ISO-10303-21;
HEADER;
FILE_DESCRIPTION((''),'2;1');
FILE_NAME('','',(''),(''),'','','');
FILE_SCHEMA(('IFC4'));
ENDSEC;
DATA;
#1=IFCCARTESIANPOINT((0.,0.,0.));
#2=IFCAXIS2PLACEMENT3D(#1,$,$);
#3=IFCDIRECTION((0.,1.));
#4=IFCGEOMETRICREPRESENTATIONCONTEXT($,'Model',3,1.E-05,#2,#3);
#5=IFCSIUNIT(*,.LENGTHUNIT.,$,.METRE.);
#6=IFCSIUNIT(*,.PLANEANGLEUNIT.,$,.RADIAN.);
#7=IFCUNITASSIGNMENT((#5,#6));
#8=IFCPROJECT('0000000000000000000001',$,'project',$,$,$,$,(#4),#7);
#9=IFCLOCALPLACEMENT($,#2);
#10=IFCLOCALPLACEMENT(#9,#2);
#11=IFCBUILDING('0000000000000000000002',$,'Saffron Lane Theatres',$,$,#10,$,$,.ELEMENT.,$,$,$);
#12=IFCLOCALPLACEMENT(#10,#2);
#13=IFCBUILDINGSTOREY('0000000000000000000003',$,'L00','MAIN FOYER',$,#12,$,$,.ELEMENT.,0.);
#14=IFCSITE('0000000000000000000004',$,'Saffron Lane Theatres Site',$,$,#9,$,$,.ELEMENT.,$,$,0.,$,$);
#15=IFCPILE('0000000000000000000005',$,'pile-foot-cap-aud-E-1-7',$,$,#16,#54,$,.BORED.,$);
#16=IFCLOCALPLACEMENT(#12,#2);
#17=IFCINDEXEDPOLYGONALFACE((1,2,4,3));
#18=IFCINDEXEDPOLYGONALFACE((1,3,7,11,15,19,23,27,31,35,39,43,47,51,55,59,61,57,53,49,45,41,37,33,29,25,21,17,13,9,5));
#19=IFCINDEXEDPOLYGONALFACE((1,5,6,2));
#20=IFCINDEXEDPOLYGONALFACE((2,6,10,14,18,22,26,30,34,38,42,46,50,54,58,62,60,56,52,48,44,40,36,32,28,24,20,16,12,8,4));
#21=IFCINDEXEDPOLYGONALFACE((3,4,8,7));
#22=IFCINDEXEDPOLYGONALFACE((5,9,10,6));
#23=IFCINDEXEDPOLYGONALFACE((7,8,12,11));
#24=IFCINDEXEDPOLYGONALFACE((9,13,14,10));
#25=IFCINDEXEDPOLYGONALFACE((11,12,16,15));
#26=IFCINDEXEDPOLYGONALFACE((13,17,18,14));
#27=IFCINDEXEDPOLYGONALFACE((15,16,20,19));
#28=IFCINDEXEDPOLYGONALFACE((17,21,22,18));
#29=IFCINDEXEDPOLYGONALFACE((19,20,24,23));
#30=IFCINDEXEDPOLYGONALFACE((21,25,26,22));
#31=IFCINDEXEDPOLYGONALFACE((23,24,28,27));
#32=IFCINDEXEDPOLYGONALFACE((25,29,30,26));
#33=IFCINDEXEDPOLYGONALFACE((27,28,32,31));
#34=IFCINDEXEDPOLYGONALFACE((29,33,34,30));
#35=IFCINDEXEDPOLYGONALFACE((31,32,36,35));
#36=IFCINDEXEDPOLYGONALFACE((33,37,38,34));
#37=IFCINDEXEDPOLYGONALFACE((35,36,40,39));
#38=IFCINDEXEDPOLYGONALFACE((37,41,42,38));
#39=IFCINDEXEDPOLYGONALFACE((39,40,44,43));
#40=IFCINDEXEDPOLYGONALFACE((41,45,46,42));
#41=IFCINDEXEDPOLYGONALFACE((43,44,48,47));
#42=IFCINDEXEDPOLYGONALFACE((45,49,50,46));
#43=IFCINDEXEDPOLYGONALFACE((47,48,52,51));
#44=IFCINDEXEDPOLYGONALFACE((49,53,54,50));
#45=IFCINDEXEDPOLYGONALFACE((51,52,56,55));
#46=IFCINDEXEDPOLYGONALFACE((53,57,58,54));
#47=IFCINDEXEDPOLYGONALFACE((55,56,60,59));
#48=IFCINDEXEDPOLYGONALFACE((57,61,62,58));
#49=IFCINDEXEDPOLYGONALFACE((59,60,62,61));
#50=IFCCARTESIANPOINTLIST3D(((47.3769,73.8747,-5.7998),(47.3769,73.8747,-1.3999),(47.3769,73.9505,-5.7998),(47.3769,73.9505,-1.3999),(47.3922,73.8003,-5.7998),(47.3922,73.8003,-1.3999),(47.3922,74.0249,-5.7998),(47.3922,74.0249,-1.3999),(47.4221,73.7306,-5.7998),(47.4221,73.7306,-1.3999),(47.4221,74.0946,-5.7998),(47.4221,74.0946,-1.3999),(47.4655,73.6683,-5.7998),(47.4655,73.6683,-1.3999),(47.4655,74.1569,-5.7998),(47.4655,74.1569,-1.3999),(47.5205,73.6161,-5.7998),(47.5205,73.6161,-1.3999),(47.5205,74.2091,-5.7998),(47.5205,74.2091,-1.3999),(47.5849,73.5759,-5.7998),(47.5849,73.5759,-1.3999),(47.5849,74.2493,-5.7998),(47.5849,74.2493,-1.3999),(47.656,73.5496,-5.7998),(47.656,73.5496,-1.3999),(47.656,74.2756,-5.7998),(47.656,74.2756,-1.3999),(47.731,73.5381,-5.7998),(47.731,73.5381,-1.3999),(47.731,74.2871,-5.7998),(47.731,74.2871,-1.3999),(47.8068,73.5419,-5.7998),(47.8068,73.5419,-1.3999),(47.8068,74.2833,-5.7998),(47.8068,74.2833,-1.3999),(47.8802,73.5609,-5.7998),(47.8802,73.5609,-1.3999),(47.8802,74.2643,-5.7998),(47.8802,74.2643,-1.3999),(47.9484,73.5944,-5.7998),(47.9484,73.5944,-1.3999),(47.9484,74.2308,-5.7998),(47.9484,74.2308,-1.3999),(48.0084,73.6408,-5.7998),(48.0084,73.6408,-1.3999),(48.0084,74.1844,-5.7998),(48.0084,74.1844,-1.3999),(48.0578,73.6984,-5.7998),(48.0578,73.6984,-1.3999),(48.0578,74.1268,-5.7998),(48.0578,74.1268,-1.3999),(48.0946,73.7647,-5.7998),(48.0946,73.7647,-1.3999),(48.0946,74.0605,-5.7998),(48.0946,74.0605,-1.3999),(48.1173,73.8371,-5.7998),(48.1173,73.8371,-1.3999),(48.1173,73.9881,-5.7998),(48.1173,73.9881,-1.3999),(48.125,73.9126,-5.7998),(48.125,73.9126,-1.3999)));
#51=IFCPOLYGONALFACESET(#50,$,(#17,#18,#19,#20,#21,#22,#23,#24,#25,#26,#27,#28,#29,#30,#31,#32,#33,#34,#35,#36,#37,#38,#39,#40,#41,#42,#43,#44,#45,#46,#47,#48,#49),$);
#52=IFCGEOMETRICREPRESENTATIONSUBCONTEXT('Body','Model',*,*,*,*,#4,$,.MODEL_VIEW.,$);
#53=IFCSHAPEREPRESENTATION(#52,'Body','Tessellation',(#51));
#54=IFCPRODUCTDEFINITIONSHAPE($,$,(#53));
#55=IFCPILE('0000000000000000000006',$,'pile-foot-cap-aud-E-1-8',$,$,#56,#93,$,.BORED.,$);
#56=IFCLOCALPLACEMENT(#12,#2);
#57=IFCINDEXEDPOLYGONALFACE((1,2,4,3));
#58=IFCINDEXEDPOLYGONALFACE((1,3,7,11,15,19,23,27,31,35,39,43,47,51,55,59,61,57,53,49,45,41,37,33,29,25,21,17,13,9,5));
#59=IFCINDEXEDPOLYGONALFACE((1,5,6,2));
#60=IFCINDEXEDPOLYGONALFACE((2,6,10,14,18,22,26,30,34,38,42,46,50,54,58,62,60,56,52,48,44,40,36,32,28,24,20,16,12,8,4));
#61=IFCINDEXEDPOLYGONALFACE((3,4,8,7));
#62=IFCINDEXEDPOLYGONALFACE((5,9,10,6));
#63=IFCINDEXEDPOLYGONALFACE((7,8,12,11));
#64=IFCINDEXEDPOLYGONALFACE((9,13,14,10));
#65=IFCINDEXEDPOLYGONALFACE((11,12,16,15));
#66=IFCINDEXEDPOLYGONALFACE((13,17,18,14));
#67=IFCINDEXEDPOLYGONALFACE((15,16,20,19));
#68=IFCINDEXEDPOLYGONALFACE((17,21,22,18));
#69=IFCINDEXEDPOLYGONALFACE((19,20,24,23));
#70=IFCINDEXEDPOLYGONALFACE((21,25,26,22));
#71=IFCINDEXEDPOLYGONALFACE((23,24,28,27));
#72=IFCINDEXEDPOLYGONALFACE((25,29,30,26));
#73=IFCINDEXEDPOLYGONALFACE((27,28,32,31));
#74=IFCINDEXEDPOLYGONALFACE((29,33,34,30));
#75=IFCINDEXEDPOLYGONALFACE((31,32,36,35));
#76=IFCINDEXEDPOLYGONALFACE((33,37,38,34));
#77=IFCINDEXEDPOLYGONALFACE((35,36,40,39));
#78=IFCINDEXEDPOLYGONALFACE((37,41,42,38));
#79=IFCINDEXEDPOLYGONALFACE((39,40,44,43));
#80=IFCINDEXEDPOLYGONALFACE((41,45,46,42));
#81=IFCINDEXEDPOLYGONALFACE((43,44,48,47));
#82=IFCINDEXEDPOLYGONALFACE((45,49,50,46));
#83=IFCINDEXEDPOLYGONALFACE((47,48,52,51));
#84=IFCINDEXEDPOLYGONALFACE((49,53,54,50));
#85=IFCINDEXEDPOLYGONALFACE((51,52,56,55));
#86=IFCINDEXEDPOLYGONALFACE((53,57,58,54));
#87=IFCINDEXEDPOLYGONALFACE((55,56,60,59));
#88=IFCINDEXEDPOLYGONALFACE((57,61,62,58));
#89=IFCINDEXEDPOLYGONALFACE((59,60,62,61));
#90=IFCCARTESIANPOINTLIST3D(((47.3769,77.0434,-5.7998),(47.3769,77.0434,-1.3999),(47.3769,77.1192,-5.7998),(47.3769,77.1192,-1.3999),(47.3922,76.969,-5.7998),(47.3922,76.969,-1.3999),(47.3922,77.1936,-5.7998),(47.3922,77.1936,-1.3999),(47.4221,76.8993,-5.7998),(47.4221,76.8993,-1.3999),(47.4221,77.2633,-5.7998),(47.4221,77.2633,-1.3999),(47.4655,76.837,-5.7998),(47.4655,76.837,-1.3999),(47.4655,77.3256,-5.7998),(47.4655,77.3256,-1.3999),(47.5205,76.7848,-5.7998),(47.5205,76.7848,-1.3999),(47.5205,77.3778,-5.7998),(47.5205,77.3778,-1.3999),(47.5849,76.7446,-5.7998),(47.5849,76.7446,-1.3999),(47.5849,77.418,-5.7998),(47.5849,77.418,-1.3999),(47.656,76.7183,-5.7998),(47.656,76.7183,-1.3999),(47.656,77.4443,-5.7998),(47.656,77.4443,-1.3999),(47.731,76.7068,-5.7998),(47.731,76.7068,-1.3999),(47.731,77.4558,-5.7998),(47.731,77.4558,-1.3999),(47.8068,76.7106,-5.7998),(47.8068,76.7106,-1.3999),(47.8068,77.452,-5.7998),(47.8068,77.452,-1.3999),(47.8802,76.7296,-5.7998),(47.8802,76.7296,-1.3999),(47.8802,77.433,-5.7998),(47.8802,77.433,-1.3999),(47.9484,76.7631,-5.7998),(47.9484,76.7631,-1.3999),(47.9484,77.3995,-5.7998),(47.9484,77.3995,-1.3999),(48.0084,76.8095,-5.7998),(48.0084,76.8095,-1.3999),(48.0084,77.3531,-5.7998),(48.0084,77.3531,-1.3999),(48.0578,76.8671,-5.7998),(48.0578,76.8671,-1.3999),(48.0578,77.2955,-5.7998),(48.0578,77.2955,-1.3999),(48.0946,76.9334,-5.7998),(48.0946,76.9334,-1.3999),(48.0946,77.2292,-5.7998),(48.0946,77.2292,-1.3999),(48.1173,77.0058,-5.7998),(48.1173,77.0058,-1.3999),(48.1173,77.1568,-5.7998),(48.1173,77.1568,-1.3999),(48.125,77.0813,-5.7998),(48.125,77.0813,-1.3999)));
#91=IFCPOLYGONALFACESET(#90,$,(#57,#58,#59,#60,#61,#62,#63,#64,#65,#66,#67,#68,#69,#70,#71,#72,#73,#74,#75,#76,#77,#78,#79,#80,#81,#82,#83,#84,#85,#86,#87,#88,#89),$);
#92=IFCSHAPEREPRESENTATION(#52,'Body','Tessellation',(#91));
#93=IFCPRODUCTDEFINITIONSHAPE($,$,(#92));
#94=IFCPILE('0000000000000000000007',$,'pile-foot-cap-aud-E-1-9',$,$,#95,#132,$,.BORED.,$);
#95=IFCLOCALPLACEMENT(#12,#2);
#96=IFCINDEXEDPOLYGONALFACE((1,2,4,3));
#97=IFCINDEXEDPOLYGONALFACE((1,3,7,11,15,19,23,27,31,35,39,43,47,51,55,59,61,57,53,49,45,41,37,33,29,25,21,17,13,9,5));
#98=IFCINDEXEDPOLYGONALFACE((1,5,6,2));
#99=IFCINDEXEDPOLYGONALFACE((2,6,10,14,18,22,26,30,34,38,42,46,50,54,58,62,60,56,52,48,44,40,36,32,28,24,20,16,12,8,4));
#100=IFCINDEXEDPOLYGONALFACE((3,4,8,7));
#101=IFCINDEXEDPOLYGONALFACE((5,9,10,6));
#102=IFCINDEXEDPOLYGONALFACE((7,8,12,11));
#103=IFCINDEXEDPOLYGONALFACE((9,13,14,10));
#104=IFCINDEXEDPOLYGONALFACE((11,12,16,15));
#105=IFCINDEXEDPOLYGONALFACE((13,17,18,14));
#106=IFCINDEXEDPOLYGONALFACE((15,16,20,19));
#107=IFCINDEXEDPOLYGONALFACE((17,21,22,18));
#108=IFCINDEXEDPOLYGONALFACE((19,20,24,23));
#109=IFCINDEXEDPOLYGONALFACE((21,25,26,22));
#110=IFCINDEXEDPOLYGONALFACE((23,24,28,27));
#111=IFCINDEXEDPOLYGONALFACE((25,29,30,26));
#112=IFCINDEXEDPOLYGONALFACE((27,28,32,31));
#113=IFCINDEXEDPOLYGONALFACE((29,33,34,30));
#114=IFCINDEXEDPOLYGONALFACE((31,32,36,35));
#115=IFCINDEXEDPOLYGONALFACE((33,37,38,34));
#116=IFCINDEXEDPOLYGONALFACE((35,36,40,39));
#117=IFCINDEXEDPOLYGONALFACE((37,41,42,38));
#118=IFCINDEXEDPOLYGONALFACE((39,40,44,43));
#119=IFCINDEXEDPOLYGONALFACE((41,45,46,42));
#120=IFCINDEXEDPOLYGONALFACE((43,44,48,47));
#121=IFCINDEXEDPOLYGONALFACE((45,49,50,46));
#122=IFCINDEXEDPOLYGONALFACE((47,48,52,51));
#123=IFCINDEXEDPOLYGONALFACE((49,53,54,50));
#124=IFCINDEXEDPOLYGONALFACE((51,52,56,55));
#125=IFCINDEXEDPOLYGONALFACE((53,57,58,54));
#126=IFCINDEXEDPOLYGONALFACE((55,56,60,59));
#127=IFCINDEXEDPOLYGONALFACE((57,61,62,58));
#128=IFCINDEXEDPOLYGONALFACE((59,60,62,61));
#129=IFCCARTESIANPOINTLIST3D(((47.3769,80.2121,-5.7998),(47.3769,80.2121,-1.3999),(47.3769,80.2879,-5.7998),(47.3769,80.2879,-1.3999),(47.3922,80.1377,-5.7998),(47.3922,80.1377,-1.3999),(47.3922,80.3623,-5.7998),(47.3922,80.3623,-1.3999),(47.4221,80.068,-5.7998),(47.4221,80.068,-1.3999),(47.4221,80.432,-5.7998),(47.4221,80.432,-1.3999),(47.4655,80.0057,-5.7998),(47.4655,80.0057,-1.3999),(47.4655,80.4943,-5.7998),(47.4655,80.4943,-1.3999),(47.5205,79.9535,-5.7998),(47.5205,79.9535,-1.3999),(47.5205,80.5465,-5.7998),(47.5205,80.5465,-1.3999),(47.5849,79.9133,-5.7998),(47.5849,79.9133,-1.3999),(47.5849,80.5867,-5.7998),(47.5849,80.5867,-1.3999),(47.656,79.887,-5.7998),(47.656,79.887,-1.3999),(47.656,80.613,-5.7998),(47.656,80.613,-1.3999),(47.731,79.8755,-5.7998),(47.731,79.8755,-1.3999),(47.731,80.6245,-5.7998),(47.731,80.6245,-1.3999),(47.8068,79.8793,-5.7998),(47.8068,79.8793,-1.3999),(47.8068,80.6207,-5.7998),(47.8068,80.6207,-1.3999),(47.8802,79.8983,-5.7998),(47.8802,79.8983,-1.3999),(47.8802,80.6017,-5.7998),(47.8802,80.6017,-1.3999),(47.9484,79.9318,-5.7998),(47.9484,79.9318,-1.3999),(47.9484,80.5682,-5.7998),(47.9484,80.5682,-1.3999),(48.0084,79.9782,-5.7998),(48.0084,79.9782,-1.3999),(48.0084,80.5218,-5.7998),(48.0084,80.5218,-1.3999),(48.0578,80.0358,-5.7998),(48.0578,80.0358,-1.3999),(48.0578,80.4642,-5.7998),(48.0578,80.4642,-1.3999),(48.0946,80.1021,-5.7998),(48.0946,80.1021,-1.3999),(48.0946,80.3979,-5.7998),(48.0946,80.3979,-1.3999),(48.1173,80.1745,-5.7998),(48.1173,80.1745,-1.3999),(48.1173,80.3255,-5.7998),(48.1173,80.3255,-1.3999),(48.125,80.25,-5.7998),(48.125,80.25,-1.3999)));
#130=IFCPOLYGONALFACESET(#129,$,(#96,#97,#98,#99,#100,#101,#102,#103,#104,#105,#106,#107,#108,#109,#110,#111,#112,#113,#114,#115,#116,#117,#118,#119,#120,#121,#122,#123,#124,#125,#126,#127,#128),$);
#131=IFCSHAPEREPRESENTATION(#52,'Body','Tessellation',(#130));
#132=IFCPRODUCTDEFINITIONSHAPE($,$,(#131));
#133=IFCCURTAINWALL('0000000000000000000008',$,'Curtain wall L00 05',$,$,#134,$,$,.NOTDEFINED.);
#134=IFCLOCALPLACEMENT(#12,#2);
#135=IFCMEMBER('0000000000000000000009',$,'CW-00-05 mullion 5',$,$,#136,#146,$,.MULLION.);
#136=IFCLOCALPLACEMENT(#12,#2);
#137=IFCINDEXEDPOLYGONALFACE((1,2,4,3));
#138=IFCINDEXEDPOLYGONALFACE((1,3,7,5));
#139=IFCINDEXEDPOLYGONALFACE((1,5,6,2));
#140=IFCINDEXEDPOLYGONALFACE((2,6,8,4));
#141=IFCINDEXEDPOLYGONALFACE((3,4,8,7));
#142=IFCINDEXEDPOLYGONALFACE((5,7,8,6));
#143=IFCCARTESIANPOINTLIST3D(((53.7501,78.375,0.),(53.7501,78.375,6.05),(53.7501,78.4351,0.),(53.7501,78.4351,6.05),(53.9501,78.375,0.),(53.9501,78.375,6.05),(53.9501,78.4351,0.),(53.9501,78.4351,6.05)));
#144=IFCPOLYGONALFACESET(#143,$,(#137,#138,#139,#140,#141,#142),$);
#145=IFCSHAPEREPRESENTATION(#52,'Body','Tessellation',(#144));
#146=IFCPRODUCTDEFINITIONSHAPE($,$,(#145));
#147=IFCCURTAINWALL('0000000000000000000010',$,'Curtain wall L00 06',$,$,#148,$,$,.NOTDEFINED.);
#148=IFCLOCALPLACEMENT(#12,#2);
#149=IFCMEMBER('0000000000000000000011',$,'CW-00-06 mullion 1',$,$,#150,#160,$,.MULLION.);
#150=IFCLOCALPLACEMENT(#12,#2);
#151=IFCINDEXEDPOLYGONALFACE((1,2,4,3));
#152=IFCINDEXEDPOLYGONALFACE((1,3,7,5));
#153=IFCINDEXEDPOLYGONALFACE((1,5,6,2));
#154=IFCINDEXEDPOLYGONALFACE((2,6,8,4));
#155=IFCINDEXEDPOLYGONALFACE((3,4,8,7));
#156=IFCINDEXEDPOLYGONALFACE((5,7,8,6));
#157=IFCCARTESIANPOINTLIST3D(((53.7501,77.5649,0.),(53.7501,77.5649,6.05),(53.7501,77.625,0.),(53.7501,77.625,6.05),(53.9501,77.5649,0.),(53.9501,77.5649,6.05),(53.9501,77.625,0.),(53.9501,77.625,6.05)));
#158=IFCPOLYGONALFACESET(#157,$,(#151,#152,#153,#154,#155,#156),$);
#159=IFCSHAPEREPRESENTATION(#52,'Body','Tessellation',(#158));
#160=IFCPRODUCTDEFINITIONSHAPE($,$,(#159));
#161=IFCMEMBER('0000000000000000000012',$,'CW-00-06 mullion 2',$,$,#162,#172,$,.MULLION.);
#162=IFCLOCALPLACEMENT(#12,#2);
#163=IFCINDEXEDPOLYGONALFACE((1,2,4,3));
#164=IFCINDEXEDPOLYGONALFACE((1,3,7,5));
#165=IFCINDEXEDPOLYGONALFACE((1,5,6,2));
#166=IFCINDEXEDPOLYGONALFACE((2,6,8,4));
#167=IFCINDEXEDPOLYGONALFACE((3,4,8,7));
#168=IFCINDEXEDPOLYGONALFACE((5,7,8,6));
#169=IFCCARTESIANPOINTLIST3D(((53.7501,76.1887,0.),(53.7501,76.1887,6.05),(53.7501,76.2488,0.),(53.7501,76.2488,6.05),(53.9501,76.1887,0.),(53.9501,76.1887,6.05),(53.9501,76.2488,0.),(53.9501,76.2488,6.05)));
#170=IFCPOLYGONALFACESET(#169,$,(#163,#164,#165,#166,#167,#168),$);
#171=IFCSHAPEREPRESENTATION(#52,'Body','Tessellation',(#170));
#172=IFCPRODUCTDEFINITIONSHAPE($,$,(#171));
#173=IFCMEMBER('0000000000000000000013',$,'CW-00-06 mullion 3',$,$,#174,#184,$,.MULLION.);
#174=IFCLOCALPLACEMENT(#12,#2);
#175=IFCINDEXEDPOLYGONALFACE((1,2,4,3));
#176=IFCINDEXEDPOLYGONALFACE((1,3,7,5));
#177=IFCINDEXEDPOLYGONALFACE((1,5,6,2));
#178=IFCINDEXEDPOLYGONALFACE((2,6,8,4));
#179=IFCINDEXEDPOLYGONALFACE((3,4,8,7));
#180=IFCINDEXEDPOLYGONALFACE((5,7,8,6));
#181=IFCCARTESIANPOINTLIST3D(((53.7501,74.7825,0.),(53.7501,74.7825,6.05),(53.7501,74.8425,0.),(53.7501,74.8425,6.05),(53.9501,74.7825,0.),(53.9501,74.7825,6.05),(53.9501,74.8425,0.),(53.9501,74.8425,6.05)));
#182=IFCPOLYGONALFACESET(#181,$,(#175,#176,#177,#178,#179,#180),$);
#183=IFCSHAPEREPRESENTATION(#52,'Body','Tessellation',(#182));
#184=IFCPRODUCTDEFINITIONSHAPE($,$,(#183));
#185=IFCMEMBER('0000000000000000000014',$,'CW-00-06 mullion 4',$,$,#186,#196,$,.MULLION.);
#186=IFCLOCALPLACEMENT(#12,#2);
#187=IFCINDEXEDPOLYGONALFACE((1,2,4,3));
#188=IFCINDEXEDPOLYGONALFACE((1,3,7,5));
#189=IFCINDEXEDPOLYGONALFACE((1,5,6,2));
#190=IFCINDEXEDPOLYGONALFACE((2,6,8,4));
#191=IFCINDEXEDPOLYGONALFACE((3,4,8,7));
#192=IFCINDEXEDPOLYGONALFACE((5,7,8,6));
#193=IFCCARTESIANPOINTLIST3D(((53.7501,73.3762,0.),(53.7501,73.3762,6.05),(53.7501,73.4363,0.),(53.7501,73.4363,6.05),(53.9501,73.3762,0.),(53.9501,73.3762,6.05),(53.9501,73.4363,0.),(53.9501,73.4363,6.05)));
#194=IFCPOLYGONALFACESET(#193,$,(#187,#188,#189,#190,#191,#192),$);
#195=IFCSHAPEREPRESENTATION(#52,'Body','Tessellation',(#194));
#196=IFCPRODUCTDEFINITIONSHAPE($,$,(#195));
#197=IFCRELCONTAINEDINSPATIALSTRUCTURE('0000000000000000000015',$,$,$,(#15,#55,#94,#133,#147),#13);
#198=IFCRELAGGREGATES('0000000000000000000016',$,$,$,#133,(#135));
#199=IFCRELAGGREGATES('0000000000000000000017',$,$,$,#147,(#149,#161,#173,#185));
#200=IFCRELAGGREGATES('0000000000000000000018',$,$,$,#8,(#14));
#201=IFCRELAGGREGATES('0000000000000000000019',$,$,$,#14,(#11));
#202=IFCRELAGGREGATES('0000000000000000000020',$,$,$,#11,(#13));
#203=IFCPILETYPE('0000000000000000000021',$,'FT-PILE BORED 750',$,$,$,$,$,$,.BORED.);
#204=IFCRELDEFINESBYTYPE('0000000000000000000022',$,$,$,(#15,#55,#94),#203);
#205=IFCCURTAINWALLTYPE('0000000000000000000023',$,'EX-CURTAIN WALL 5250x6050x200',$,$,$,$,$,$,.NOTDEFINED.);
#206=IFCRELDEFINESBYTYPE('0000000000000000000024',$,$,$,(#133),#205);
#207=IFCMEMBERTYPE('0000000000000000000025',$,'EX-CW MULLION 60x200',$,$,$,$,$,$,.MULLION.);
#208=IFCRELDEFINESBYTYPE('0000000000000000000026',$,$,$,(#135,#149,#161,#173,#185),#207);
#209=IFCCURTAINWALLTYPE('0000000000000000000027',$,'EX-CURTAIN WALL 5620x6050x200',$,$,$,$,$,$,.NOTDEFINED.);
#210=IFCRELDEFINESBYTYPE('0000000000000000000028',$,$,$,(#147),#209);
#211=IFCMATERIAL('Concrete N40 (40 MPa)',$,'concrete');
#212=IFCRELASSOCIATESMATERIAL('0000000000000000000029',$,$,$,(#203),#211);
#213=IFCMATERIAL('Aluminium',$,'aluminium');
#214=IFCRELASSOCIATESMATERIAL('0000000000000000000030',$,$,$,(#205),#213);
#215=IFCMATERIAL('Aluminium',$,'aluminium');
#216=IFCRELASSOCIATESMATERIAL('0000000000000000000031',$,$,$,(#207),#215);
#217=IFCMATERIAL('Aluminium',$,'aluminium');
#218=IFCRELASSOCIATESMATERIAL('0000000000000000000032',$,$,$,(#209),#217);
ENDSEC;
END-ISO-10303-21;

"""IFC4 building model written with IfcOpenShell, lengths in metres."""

from ifc_helpers import new_model, si_unit, direction, frame, origin, origin_2d, place, context, subcontext, project, spatial, rectangle, circle, extrude, material, material_profile, profile_set, type_object, element, aggregate, save


model = new_model("IFC4")

# Units and contexts
model_context = context("Model", 3, precision=1e-05, world=origin(), true_north=direction((0.0, 1.0)))
body_context = subcontext(model_context, "Body", "Model", "MODEL_VIEW")
ifc_project = project(units=[si_unit("LENGTHUNIT", "METRE"), si_unit("PLANEANGLEUNIT", "RADIAN")], contexts=[model_context])

# Site, building, storey
site_placement = place(None, origin())
site = spatial("IfcSite", under=ifc_project, at=site_placement, Name="Saffron Lane Theatres Site", CompositionType="ELEMENT", RefElevation=0.0)
building_placement = place(site_placement, origin())
building = spatial("IfcBuilding", under=site, at=building_placement, Name="Saffron Lane Theatres", CompositionType="ELEMENT")
storey_placement = place(building_placement, origin())
storey = spatial("IfcBuildingStorey", under=building, at=storey_placement, Name="L00", Description="MAIN FOYER", CompositionType="ELEMENT", Elevation=0.0)

# Piles
ifc_material_1 = material(Name="Concrete N40 (40 MPa)", Category="concrete")
ifc_material_profile_1 = material_profile(ifc_material_1, circle(Radius=0.375, at=origin_2d()))
ifc_profile_set_1 = profile_set([ifc_material_profile_1], Name="Concrete N40 (40 MPa)")
pile_type = type_object("IfcPileType", Name="FT-PILE BORED 750", PredefinedType="BORED", material=ifc_profile_set_1)
for number, where, z_axis, x_axis, name in (
    (1, (47.75, 73.9126, -1.3999), (0.0, 0.0, -1.0), (1.0, 0.0, 0.0), "pile-foot-cap-aud-E-1-7"),
    (2, (47.75, 77.0813, -1.3999), (0.0, 0.0, -1.0), (1.0, 0.0, 0.0), "pile-foot-cap-aud-E-1-8"),
    (3, (47.75, 80.25, -1.3999), (0.0, 0.0, -1.0), (1.0, 0.0, 0.0), "pile-foot-cap-aud-E-1-9"),
):
    element("IfcPile", number, at=place(storey_placement, frame(where, z_axis=z_axis, x_axis=x_axis)), inside=storey, type_object=pile_type, Name=name, PredefinedType="BORED", context=body_context, shape_type="SweptSolid", body=[
        extrude(circle(Radius=0.375, at=origin_2d()), origin(), (0.0, 0.0, 1.0), 4.3999),
    ])

# Curtain wall, member
ifc_material_2 = material(Name="Aluminium", Category="aluminium")
curtain_wall_type_1 = type_object("IfcCurtainWallType", Name="EX-CURTAIN WALL 5250x6050x200", PredefinedType="NOTDEFINED", material=ifc_material_2)
curtain_wall_1_placement = place(storey_placement, origin())
curtain_wall_1 = element("IfcCurtainWall", 4, at=curtain_wall_1_placement, inside=storey, type_object=curtain_wall_type_1, Name="Curtain wall L00 05", PredefinedType="NOTDEFINED")
ifc_material_3 = material(Name="Aluminium", Category="aluminium")
ifc_material_profile_2 = material_profile(ifc_material_3, rectangle(XDim=0.0601, YDim=0.2, at=origin_2d()))
ifc_profile_set_2 = profile_set([ifc_material_profile_2], Name="Aluminium")
member_type_1 = type_object("IfcMemberType", Name="EX-CW MULLION 60x200", PredefinedType="MULLION", material=ifc_profile_set_2)
member_1_placement = place(storey_placement, frame((53.8501, 78.405, 0.0), z_axis=(0.0, 0.0, 1.0), x_axis=(0.0, -1.0, 0.0)))
member_1 = element("IfcMember", 5, at=member_1_placement, type_object=member_type_1, Name="CW-00-05 mullion 5", PredefinedType="MULLION", context=body_context, shape_type="SweptSolid", body=[
    extrude(rectangle(XDim=0.0601, YDim=0.2, at=origin_2d()), origin(), (0.0, 0.0, 1.0), 6.05),
])
aggregate(curtain_wall_1, [member_1])

# Curtain wall, members
ifc_material_4 = material(Name="Aluminium", Category="aluminium")
curtain_wall_type_2 = type_object("IfcCurtainWallType", Name="EX-CURTAIN WALL 5620x6050x200", PredefinedType="NOTDEFINED", material=ifc_material_4)
curtain_wall_2_placement = place(storey_placement, origin())
curtain_wall_2 = element("IfcCurtainWall", 6, at=curtain_wall_2_placement, inside=storey, type_object=curtain_wall_type_2, Name="Curtain wall L00 06", PredefinedType="NOTDEFINED")
member_2_placement = place(storey_placement, frame((53.8501, 77.595, 0.0), z_axis=(0.0, 0.0, 1.0), x_axis=(0.0, -1.0, 0.0)))
member_2 = element("IfcMember", 7, at=member_2_placement, type_object=member_type_1, Name="CW-00-06 mullion 1", PredefinedType="MULLION", context=body_context, shape_type="SweptSolid", body=[
    extrude(rectangle(XDim=0.0601, YDim=0.2, at=origin_2d()), origin(), (0.0, 0.0, 1.0), 6.05),
])
member_3_placement = place(storey_placement, frame((53.8501, 76.2188, 0.0), z_axis=(0.0, 0.0, 1.0), x_axis=(0.0, -1.0, 0.0)))
member_3 = element("IfcMember", 8, at=member_3_placement, type_object=member_type_1, Name="CW-00-06 mullion 2", PredefinedType="MULLION", context=body_context, shape_type="SweptSolid", body=[
    extrude(rectangle(XDim=0.0601, YDim=0.2, at=origin_2d()), origin(), (0.0, 0.0, 1.0), 6.05),
])
member_4_placement = place(storey_placement, frame((53.8501, 74.8125, 0.0), z_axis=(0.0, 0.0, 1.0), x_axis=(0.0, -1.0, 0.0)))
member_4 = element("IfcMember", 9, at=member_4_placement, type_object=member_type_1, Name="CW-00-06 mullion 3", PredefinedType="MULLION", context=body_context, shape_type="SweptSolid", body=[
    extrude(rectangle(XDim=0.0601, YDim=0.2, at=origin_2d()), origin(), (0.0, 0.0, 1.0), 6.05),
])
member_5_placement = place(storey_placement, frame((53.8501, 73.4062, 0.0), z_axis=(0.0, 0.0, 1.0), x_axis=(0.0, -1.0, 0.0)))
member_5 = element("IfcMember", 10, at=member_5_placement, type_object=member_type_1, Name="CW-00-06 mullion 4", PredefinedType="MULLION", context=body_context, shape_type="SweptSolid", body=[
    extrude(rectangle(XDim=0.0601, YDim=0.2, at=origin_2d()), origin(), (0.0, 0.0, 1.0), 6.05),
])
aggregate(curtain_wall_2, [member_2, member_3, member_4, member_5])

save(model, "model.ifc")
